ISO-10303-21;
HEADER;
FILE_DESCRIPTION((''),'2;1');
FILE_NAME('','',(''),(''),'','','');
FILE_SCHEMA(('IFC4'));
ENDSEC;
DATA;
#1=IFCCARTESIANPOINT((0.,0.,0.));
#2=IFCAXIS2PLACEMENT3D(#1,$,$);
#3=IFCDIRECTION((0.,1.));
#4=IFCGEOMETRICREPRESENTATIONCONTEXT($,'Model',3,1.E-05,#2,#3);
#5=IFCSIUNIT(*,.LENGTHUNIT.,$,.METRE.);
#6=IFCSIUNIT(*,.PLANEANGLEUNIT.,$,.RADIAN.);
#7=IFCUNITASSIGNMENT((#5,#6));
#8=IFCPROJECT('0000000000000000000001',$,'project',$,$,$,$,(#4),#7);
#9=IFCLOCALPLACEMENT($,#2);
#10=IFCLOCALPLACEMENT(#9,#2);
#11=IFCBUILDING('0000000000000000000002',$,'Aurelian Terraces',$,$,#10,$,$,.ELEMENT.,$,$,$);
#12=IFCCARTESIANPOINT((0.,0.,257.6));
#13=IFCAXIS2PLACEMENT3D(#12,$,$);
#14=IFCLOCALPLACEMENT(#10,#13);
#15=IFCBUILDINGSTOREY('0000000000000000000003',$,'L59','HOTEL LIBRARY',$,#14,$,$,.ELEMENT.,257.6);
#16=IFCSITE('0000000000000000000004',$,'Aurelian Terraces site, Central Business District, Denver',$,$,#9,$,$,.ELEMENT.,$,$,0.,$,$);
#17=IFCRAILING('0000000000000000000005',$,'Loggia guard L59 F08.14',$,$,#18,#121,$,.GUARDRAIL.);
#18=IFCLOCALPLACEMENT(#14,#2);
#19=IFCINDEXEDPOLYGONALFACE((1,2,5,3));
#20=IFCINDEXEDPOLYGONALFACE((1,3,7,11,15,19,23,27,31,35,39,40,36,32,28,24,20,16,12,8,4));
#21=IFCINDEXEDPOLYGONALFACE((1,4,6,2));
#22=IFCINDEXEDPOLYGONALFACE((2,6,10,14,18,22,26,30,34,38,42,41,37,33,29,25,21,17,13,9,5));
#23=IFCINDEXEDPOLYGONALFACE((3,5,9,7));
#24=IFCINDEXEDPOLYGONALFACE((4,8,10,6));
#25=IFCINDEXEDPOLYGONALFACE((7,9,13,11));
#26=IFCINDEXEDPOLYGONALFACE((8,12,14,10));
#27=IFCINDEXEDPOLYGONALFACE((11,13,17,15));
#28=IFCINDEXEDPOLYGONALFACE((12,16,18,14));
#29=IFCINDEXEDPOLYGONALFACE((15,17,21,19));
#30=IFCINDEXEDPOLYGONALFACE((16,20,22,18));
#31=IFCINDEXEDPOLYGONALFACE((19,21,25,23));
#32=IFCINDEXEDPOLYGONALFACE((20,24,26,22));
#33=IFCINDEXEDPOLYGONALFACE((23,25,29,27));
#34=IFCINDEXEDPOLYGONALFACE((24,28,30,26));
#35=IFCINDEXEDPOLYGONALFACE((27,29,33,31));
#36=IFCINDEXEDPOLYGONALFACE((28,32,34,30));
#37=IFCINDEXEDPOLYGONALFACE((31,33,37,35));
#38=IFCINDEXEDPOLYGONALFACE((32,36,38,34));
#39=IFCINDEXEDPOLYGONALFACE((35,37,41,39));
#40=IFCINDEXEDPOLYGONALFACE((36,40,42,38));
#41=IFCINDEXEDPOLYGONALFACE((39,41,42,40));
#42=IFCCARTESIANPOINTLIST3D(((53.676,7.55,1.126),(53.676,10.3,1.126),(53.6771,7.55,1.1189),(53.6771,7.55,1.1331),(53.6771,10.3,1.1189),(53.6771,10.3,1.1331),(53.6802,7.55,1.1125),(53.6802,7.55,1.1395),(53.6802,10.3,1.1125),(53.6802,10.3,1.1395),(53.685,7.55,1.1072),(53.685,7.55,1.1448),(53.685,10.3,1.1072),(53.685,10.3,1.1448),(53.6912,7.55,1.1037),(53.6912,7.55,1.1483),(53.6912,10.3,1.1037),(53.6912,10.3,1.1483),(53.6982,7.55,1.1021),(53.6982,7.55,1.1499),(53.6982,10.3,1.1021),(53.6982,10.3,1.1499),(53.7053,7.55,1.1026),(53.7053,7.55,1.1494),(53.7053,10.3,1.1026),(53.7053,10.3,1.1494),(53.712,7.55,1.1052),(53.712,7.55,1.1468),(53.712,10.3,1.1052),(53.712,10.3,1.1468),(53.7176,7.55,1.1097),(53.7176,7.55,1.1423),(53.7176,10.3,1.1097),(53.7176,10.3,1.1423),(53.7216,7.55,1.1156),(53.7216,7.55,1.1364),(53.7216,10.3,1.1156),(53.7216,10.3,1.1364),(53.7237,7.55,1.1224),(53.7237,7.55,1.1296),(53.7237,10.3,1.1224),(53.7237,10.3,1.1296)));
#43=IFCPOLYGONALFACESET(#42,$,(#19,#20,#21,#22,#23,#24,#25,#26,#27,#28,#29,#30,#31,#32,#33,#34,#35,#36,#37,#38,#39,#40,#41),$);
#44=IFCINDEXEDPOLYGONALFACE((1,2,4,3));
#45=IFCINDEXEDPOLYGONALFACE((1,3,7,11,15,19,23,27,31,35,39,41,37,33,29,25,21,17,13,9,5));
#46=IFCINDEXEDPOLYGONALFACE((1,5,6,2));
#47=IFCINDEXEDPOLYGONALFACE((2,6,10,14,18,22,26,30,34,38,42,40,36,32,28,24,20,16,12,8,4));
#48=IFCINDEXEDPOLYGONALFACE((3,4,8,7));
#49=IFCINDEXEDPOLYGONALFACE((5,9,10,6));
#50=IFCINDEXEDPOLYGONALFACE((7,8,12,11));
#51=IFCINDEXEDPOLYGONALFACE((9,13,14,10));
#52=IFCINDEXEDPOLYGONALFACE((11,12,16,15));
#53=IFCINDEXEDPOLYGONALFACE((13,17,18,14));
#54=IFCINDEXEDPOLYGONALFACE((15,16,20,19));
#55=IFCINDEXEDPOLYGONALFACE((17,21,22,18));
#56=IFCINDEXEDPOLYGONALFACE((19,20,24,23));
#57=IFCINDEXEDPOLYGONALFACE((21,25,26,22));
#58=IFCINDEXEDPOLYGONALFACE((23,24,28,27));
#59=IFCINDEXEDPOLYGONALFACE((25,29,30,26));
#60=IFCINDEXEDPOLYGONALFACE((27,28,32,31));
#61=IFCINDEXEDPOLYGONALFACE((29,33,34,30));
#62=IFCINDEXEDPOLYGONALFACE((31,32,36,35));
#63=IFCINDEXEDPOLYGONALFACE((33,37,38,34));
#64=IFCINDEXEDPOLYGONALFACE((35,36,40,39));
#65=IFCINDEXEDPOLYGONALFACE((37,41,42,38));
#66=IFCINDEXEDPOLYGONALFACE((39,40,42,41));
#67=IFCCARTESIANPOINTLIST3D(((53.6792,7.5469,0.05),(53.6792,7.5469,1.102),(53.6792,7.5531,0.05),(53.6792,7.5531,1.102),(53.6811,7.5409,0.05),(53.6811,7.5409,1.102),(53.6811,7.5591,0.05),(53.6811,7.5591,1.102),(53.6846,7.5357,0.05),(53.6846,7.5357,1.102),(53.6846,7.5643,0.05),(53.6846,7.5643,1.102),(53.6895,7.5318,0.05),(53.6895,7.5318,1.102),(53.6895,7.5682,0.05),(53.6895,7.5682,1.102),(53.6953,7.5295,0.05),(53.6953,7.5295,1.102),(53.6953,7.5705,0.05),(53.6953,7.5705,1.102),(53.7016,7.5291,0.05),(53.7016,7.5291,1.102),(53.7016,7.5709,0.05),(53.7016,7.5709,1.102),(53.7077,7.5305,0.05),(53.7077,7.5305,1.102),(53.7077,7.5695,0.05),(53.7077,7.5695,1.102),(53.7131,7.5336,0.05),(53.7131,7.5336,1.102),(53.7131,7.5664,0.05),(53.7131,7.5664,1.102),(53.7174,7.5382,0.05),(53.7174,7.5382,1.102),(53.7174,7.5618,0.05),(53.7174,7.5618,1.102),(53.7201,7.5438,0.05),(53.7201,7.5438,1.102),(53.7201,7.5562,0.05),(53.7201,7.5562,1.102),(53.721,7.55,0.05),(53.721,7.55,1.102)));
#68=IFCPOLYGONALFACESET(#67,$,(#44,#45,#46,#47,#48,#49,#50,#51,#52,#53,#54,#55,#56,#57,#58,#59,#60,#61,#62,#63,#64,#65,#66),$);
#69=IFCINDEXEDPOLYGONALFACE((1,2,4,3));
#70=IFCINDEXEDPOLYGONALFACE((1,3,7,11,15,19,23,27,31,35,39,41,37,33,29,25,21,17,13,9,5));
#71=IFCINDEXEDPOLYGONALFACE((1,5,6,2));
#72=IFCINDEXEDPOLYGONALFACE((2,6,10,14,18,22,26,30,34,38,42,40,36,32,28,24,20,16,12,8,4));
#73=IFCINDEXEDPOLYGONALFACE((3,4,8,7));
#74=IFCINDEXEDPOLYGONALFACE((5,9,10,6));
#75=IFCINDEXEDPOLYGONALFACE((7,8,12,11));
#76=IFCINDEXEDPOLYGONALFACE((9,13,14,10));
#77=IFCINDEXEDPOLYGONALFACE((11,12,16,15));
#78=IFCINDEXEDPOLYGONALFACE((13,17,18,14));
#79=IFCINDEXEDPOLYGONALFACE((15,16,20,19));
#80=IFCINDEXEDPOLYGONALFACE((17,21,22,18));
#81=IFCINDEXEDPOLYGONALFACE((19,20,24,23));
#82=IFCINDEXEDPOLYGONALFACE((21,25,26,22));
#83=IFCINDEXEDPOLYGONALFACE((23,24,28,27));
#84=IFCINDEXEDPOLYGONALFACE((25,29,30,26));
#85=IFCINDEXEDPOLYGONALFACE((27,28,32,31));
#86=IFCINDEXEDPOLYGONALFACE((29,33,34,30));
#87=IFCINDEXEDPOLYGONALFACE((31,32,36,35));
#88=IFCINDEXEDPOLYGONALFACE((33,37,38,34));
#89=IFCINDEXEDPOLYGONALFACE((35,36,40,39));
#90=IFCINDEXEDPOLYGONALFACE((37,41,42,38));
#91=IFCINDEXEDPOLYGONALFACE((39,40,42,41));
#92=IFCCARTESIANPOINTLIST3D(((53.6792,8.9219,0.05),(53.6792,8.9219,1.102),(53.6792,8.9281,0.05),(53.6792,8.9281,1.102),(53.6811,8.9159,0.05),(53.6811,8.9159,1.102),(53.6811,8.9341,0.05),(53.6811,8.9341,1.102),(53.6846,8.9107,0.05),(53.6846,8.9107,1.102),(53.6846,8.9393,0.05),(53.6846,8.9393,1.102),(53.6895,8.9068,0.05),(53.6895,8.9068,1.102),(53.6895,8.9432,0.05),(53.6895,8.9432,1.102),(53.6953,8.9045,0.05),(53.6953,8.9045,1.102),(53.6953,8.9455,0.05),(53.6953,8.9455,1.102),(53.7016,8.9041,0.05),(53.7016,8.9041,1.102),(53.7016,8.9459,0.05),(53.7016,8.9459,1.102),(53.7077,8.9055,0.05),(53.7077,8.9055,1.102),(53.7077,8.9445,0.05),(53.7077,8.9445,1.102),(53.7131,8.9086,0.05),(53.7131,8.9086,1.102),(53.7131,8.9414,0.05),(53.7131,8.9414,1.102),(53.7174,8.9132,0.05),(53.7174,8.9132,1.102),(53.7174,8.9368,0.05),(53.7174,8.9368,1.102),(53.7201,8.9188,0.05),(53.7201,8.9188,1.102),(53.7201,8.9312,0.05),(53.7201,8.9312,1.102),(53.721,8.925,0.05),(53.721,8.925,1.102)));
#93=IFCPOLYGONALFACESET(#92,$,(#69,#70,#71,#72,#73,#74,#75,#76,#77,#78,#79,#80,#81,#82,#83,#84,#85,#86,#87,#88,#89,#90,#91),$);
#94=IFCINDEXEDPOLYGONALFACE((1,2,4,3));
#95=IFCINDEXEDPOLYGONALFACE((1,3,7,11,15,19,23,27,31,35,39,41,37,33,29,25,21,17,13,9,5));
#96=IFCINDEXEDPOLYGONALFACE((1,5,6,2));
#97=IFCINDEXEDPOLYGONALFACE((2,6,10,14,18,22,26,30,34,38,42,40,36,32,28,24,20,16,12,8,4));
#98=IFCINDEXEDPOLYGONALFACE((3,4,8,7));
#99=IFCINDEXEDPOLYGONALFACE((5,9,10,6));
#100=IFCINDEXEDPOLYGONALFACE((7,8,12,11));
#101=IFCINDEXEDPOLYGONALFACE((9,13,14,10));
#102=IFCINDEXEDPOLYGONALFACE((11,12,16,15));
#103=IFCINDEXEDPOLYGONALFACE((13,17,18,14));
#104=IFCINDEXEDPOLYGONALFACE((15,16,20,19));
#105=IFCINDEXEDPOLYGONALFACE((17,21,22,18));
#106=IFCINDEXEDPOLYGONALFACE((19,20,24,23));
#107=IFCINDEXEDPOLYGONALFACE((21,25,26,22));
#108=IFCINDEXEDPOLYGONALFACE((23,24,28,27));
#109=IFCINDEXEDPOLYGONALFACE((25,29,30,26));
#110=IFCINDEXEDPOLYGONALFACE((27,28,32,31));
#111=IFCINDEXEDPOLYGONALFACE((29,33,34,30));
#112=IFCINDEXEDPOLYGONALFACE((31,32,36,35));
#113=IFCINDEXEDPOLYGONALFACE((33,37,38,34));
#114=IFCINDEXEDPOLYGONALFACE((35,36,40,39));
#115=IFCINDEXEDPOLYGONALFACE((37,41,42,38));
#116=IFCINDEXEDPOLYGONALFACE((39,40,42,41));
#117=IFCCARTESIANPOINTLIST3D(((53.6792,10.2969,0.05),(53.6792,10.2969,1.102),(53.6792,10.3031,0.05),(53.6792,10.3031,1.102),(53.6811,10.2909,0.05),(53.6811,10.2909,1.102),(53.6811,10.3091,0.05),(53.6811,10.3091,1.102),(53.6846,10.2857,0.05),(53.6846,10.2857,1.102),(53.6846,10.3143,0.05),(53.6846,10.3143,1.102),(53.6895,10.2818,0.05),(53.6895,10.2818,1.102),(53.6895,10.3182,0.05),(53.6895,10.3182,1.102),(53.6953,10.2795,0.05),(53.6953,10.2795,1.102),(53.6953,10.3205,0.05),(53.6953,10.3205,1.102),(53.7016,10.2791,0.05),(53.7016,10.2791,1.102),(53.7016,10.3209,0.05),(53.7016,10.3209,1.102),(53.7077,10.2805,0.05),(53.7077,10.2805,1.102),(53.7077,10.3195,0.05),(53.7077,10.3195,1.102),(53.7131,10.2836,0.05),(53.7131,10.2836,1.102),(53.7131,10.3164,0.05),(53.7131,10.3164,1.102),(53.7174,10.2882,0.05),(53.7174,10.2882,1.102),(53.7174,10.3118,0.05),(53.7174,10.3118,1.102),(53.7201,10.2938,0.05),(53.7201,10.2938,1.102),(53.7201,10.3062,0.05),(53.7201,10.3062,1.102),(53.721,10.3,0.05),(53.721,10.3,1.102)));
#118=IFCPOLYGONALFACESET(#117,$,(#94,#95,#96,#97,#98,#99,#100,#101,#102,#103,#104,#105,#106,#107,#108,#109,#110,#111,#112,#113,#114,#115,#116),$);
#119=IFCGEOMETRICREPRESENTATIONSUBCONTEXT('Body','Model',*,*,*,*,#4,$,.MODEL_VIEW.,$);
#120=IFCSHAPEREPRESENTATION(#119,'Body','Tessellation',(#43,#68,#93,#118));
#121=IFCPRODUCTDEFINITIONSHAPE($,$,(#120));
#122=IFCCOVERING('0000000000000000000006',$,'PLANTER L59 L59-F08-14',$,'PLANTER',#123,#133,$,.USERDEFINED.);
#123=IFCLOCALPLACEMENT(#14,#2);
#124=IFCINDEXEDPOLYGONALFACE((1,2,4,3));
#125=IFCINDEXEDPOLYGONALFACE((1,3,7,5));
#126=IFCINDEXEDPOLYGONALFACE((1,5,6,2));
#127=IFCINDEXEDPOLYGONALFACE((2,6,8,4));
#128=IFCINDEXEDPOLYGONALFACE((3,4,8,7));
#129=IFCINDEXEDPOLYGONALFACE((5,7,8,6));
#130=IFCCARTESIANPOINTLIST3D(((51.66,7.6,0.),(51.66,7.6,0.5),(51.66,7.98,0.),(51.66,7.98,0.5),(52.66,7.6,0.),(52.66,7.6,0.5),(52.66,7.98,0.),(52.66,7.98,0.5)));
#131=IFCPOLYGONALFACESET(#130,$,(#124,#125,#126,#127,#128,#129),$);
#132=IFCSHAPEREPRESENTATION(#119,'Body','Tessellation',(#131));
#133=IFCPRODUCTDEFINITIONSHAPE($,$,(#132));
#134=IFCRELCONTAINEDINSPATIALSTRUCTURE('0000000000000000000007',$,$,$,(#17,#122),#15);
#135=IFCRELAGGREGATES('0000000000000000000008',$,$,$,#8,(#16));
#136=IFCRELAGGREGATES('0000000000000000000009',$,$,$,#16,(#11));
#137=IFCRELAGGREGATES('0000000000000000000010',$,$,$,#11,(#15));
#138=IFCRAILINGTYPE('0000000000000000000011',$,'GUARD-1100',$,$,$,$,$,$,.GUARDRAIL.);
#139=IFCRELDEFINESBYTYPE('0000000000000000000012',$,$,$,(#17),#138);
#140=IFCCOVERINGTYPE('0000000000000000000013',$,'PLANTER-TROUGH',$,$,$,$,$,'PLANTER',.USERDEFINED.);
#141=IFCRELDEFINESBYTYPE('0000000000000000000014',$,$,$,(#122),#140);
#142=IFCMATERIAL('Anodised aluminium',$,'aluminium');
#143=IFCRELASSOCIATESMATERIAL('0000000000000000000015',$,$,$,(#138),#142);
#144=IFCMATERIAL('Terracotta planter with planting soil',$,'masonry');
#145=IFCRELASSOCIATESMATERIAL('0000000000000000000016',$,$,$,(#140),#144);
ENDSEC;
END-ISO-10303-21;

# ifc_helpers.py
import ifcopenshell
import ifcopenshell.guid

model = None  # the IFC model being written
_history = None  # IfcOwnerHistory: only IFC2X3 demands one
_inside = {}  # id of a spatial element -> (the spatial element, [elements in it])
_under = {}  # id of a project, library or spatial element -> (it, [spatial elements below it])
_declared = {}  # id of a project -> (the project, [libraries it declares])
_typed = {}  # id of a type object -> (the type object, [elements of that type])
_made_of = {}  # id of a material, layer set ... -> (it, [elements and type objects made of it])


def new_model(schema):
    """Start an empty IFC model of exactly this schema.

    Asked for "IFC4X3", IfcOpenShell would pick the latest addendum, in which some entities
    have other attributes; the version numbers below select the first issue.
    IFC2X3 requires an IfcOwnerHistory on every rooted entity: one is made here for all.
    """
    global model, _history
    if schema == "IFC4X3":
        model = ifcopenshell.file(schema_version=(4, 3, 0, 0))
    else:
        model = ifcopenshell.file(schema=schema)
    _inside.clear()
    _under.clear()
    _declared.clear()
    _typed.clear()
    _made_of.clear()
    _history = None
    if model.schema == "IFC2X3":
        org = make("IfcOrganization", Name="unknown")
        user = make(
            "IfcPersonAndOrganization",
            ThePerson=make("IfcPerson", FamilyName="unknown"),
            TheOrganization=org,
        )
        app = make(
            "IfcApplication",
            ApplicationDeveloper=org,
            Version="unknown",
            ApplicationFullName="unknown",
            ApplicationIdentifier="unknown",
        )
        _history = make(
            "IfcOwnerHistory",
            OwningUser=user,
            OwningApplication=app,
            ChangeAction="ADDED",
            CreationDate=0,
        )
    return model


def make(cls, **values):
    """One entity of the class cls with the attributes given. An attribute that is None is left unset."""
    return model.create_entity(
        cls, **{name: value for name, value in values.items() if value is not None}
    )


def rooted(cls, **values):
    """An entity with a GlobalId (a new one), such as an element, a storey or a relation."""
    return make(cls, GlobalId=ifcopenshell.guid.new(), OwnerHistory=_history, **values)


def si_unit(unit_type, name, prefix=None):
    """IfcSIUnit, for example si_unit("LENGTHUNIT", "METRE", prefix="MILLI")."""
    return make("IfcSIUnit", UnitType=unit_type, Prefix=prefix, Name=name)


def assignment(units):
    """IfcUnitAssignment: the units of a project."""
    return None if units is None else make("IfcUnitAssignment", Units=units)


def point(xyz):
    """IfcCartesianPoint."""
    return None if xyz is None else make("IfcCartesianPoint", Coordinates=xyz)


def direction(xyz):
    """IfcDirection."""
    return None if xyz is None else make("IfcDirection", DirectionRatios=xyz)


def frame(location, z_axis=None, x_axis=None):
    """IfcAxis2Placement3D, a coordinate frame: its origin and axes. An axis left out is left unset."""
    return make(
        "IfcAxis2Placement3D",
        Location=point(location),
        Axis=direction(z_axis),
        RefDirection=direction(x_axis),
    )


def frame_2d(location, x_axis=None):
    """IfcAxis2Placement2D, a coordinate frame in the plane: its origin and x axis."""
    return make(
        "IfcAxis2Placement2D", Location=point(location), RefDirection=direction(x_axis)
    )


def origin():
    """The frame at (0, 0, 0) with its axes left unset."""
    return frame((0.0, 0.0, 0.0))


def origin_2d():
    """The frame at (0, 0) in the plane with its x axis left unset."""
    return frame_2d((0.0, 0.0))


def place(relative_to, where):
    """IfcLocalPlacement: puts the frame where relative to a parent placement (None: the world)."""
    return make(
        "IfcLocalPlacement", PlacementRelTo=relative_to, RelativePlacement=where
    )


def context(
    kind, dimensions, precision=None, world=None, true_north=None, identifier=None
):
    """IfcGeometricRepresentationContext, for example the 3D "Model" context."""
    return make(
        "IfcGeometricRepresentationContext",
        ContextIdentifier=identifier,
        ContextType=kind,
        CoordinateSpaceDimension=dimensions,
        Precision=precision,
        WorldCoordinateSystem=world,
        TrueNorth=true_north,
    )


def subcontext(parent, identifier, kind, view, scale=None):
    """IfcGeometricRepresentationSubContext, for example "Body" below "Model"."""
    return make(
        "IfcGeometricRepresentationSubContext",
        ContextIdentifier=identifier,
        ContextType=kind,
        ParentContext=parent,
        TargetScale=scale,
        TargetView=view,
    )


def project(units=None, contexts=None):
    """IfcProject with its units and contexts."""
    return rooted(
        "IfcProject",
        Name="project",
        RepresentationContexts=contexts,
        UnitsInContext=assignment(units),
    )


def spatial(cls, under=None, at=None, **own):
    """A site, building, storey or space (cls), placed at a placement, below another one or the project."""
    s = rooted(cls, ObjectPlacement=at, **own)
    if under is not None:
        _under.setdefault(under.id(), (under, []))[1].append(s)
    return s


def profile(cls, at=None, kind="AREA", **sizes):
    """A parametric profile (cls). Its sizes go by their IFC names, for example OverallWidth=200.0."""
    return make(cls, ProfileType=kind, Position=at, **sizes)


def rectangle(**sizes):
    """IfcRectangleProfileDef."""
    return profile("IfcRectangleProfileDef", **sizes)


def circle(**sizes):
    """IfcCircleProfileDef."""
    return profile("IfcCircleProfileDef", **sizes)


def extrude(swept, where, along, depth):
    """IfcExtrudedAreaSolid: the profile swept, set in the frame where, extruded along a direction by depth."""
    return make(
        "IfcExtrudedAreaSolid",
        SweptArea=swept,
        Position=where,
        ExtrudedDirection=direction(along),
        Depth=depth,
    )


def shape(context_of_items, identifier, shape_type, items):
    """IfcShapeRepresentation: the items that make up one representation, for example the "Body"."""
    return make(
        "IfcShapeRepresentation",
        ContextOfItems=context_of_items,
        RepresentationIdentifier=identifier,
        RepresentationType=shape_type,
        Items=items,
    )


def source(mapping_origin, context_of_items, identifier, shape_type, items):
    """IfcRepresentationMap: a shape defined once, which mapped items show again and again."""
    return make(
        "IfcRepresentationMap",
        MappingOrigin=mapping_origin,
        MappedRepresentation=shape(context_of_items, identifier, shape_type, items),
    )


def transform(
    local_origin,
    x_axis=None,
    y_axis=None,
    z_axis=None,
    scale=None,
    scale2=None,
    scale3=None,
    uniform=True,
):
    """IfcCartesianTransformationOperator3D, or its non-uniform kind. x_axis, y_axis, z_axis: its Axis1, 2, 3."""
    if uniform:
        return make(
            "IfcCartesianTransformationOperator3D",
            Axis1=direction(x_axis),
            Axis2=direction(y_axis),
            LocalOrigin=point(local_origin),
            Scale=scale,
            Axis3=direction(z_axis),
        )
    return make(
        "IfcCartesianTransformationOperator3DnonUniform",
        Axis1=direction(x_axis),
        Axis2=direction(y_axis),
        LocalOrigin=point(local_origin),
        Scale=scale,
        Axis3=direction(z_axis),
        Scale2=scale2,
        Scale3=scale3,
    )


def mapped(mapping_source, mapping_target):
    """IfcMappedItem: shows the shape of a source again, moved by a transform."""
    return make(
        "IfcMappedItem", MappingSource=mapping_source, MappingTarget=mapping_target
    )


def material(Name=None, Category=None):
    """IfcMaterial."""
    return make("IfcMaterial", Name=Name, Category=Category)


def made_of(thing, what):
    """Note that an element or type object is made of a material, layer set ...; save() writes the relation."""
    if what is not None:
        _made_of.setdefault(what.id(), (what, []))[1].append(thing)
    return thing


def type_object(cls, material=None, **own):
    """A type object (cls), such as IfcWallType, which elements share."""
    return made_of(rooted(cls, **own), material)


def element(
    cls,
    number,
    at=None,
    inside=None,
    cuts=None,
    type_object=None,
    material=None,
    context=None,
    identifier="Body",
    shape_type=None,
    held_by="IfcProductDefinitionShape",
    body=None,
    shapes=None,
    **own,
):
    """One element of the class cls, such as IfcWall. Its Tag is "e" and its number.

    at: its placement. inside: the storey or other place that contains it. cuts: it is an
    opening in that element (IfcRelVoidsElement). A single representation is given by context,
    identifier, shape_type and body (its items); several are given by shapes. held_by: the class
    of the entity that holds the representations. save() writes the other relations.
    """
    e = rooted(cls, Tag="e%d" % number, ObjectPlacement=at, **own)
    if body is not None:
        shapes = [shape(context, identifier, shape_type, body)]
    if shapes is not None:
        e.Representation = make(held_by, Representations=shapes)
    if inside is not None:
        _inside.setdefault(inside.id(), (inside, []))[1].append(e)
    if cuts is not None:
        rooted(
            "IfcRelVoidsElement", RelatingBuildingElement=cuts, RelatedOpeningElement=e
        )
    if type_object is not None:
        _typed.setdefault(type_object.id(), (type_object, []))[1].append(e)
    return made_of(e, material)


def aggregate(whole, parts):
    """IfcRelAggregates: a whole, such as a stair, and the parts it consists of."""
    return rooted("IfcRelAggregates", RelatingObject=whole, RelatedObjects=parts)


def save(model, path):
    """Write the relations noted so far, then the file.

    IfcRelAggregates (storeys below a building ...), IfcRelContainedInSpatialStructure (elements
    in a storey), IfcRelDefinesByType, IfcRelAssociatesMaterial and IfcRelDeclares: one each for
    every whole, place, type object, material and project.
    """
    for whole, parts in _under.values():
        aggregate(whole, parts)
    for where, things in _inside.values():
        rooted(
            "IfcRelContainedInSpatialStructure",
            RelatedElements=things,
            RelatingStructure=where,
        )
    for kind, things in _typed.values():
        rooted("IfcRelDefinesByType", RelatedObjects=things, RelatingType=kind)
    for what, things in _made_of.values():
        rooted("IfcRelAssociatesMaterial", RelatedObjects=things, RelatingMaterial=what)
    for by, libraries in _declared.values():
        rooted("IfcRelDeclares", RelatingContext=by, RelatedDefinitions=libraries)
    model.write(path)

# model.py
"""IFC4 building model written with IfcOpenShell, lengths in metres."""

from ifc_helpers import new_model, si_unit, direction, frame, origin, origin_2d, place, context, subcontext, project, spatial, rectangle, circle, extrude, source, transform, mapped, material, type_object, element, save


model = new_model("IFC4")

# Units and contexts
model_context = context("Model", 3, precision=1e-05, world=origin(), true_north=direction((0.0, 1.0)))
body_context = subcontext(model_context, "Body", "Model", "MODEL_VIEW")
ifc_project = project(units=[si_unit("LENGTHUNIT", "METRE"), si_unit("PLANEANGLEUNIT", "RADIAN")], contexts=[model_context])

# Site, building, storey
site_placement = place(None, origin())
site = spatial("IfcSite", under=ifc_project, at=site_placement, Name="Aurelian Terraces site, Central Business District, Denver", CompositionType="ELEMENT", RefElevation=0.0)
building_placement = place(site_placement, origin())
building = spatial("IfcBuilding", under=site, at=building_placement, Name="Aurelian Terraces", CompositionType="ELEMENT")
storey_placement = place(building_placement, frame((0.0, 0.0, 257.6)))
storey = spatial("IfcBuildingStorey", under=building, at=storey_placement, Name="L59", Description="HOTEL LIBRARY", CompositionType="ELEMENT", Elevation=257.6)

# Railing
ifc_material_1 = material(Name="Anodised aluminium", Category="aluminium")
railing_type = type_object("IfcRailingType", Name="GUARD-1100", PredefinedType="GUARDRAIL", material=ifc_material_1)
shared_shape_1 = source(origin(), body_context, "Body", "SweptSolid", [
    extrude(circle(Radius=0.024, at=origin_2d()), frame((0.0, 0.0, 1.076), z_axis=(0.0, 1.0, 0.0), x_axis=(-1.0, 0.0, 0.0)), (0.0, 0.0, 1.0), 2.75),
    extrude(circle(Radius=0.021, at=origin_2d()), origin(), (0.0, 0.0, 1.0), 1.052),
    extrude(circle(Radius=0.021, at=origin_2d()), frame((0.0, 1.375, 0.0)), (0.0, 0.0, 1.0), 1.052),
    extrude(circle(Radius=0.021, at=origin_2d()), frame((0.0, 2.75, 0.0)), (0.0, 0.0, 1.0), 1.052),
])
railing_placement = place(storey_placement, frame((53.7, 7.55, 0.05)))
element("IfcRailing", 1, at=railing_placement, inside=storey, type_object=railing_type, Name="Loggia guard L59 F08.14", PredefinedType="GUARDRAIL", context=body_context, shape_type="MappedRepresentation", body=[
    mapped(shared_shape_1, transform((0.0, 0.0, 0.0), scale=1.0)),
])

# Covering
ifc_material_2 = material(Name="Terracotta planter with planting soil", Category="masonry")
covering_type = type_object("IfcCoveringType", Name="PLANTER-TROUGH", ElementType="PLANTER", PredefinedType="USERDEFINED", material=ifc_material_2)
shared_shape_2 = source(origin(), body_context, "Body", "SweptSolid", [
    extrude(rectangle(XDim=1.0, YDim=0.38, at=origin_2d()), origin(), (0.0, 0.0, 1.0), 0.5),
])
covering_placement = place(storey_placement, frame((52.16, 7.79, 0.0), z_axis=(0.0, 0.0, 1.0), x_axis=(1.0, 0.0, 0.0)))
element("IfcCovering", 2, at=covering_placement, inside=storey, type_object=covering_type, Name="PLANTER L59 L59-F08-14", ObjectType="PLANTER", PredefinedType="USERDEFINED", context=body_context, shape_type="MappedRepresentation", body=[
    mapped(shared_shape_2, transform((0.0, 0.0, 0.0), scale=1.0)),
])

save(model, "model.ifc")
